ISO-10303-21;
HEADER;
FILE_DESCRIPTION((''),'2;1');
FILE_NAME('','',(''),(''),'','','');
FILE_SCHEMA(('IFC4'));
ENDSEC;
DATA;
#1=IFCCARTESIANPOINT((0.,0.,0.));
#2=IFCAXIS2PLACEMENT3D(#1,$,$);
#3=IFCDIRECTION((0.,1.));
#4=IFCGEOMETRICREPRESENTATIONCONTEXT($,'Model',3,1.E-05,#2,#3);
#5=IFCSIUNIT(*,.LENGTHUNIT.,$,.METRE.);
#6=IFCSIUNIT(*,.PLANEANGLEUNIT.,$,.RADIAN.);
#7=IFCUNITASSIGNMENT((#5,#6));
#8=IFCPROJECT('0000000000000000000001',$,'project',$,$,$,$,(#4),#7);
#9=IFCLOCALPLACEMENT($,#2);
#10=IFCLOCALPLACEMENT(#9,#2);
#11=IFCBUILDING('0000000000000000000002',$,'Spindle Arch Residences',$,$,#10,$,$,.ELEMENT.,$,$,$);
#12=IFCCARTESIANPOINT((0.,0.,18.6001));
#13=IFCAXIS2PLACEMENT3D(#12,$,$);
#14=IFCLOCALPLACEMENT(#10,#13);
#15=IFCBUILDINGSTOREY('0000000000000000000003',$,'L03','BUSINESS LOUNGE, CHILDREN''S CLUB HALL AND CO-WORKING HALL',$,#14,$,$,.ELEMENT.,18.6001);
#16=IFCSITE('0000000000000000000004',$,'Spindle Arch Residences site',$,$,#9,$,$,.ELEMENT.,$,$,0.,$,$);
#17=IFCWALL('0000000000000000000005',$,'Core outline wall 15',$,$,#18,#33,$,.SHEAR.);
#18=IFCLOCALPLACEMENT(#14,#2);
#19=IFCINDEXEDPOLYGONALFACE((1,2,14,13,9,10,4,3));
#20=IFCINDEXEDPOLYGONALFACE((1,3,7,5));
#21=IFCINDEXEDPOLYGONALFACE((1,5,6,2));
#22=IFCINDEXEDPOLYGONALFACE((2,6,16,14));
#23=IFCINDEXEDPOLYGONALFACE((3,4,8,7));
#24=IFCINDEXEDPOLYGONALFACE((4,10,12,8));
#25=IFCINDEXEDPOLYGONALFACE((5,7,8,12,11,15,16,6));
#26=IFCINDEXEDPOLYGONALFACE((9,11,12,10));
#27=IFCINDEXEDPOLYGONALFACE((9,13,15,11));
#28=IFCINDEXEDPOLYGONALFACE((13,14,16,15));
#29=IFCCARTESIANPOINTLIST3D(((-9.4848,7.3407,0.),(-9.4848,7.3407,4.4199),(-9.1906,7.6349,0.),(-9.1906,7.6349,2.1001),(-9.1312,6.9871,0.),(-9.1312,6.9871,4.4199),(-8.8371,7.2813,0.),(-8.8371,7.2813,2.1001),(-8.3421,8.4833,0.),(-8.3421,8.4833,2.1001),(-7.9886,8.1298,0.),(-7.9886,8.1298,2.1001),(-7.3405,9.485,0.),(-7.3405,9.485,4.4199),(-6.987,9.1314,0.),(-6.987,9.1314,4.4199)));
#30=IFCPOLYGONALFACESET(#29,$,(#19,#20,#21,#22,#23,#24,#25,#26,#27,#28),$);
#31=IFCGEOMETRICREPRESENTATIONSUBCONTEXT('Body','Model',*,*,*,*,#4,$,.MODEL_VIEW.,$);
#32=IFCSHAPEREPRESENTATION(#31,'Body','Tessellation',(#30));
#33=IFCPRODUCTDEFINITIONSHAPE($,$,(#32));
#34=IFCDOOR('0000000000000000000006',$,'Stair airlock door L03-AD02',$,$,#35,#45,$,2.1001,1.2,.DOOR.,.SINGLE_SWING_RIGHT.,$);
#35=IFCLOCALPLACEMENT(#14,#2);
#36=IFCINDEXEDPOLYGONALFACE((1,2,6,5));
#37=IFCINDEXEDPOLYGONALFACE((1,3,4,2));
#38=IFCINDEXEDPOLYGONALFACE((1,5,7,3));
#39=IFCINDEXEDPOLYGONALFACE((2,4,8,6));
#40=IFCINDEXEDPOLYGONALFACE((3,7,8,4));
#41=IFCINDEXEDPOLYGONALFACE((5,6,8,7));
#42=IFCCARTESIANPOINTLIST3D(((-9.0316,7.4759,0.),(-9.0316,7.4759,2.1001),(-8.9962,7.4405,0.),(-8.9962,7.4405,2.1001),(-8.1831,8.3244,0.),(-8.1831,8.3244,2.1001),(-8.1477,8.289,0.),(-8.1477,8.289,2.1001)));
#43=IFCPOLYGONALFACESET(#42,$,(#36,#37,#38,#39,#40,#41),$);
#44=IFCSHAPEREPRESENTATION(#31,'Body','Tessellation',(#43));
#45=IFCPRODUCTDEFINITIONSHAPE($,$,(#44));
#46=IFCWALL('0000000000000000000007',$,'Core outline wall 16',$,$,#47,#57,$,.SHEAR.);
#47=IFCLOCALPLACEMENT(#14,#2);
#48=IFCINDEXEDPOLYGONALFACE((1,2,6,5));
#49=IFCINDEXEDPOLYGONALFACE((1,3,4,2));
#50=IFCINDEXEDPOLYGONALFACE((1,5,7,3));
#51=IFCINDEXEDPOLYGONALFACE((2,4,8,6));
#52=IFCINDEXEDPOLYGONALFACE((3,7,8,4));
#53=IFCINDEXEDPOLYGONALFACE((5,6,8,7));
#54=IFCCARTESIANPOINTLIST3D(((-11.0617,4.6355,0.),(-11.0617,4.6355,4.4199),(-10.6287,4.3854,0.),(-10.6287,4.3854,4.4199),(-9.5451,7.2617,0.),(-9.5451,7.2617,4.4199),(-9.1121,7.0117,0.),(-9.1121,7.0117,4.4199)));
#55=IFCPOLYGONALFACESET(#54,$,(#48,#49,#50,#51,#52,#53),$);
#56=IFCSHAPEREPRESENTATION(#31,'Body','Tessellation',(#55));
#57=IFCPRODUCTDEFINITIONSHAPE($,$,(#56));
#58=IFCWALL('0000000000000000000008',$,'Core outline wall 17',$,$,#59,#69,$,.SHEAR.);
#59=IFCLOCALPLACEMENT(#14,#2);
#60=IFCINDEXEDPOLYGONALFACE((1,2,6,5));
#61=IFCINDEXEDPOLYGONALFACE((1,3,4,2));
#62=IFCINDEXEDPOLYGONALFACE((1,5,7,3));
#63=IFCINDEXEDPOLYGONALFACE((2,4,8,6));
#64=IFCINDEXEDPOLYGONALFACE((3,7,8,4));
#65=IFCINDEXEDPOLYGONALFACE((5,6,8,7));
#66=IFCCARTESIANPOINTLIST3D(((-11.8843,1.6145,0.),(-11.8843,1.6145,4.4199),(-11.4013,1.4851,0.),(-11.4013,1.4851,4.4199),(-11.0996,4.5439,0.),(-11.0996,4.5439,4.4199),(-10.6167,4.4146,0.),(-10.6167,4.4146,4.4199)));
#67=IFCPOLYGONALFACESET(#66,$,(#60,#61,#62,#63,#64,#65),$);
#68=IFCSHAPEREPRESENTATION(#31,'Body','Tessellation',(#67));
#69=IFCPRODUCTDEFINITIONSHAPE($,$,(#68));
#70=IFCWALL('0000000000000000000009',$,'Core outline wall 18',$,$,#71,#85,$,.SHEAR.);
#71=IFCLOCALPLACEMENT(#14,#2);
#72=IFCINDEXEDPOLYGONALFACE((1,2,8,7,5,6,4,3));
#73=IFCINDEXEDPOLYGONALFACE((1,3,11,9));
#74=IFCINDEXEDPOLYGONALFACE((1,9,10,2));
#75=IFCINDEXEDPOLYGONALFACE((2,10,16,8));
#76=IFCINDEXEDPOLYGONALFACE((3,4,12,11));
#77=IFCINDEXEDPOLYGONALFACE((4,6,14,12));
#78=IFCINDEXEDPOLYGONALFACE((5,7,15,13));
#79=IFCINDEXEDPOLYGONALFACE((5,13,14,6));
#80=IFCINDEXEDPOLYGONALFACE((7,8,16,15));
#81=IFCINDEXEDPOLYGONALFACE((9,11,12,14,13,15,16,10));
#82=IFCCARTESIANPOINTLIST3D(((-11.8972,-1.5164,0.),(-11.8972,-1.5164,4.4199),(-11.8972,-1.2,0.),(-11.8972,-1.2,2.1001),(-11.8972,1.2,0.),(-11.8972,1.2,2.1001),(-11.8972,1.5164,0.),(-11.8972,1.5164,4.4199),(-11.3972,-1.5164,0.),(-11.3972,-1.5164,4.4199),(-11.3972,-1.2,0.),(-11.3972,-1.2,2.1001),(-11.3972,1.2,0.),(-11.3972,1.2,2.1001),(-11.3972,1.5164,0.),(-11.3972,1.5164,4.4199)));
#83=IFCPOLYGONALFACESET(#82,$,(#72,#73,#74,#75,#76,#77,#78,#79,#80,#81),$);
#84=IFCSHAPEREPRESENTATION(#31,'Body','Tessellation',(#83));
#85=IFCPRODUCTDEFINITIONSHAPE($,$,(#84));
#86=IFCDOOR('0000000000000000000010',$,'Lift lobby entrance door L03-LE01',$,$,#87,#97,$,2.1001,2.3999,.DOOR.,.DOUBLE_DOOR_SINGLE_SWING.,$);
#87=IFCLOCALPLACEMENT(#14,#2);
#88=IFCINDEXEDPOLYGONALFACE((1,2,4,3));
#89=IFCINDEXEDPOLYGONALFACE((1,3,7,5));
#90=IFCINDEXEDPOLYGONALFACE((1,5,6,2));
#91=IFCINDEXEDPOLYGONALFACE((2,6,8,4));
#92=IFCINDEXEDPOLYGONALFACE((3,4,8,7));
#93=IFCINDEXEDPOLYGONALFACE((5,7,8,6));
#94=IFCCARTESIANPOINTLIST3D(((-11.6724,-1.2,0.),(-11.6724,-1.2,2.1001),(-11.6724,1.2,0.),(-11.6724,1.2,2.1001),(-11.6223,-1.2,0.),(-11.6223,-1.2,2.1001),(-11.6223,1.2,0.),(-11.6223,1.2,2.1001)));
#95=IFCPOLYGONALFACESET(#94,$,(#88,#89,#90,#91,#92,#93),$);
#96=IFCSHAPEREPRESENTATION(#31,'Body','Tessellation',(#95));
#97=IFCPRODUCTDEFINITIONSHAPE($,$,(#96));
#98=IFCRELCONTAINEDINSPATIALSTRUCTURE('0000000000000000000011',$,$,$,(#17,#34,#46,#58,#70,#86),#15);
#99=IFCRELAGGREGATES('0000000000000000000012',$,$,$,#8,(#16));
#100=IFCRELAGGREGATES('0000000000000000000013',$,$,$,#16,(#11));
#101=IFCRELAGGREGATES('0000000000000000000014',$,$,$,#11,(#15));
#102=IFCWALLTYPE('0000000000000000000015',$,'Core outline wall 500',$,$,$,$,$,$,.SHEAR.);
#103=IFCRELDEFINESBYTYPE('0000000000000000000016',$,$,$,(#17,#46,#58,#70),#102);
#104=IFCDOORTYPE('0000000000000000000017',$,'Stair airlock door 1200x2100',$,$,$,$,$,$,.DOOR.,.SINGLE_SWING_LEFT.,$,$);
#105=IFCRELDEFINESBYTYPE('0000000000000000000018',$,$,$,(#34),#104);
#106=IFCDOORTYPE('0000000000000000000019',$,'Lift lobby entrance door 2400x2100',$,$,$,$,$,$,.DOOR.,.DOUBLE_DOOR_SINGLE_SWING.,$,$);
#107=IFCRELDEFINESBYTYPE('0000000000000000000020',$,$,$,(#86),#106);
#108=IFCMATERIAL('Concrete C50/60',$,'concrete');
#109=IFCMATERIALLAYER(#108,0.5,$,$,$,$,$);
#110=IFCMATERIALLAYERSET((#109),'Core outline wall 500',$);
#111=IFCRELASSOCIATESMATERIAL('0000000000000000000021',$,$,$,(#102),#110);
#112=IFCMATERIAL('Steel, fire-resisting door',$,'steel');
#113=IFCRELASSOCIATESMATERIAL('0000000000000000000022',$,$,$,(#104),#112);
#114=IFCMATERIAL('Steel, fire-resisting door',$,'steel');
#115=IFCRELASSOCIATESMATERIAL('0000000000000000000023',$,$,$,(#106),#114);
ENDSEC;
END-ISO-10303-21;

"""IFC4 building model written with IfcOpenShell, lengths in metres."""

from ifc_helpers import new_model, si_unit, direction, frame, frame_2d, origin, place, context, subcontext, project, spatial, rectangle, extrude, material, layer, layer_set, type_object, element, fill, save


model = new_model("IFC4")

# Units and contexts
model_context = context("Model", 3, precision=1e-05, world=origin(), true_north=direction((0.0, 1.0)))
body_context = subcontext(model_context, "Body", "Model", "MODEL_VIEW")
ifc_project = project(units=[si_unit("LENGTHUNIT", "METRE"), si_unit("PLANEANGLEUNIT", "RADIAN")], contexts=[model_context])

# Site, building, storey
site_placement = place(None, origin())
site = spatial("IfcSite", under=ifc_project, at=site_placement, Name="Spindle Arch Residences site", CompositionType="ELEMENT", RefElevation=0.0)
building_placement = place(site_placement, origin())
building = spatial("IfcBuilding", under=site, at=building_placement, Name="Spindle Arch Residences", CompositionType="ELEMENT")
storey_placement = place(building_placement, frame((0.0, 0.0, 18.6001)))
storey = spatial("IfcBuildingStorey", under=building, at=storey_placement, Name="L03", Description="BUSINESS LOUNGE, CHILDREN'S CLUB HALL AND CO-WORKING HALL", CompositionType="ELEMENT", Elevation=18.6001)

# Wall, opening, door
ifc_material_1 = material(Name="Concrete C50/60", Category="concrete")
ifc_layer_1 = layer(ifc_material_1, 0.5)
ifc_layer_set_1 = layer_set([ifc_layer_1], Name="Core outline wall 500")
wall_type_1 = type_object("IfcWallType", Name="Core outline wall 500", PredefinedType="SHEAR", material=ifc_layer_set_1)
wall_1_placement = place(storey_placement, frame((-7.1638, 9.3081, 0.0), z_axis=(0.0, 0.0, 1.0), x_axis=(-0.707107, -0.707107, 0.0)))
wall_1 = element("IfcWall", 1, at=wall_1_placement, inside=storey, type_object=wall_type_1, Name="Core outline wall 15", PredefinedType="SHEAR", context=body_context, shape_type="SweptSolid", body=[
    extrude(rectangle(XDim=3.0325, YDim=0.5, at=frame_2d((1.5161, 0.0))), origin(), (0.0, 0.0, 1.0), 4.4199),
])
opening_1_placement = place(wall_1_placement, frame((1.4163, 0.0, 0.0)))
opening_1 = element("IfcOpeningElement", 2, at=opening_1_placement, cuts=wall_1, PredefinedType="OPENING", context=body_context, shape_type="SweptSolid", body=[
    extrude(rectangle(XDim=1.2, YDim=2.1001, at=frame_2d((0.6001, 1.05))), frame((0.0, 0.26, 0.0), z_axis=(0.0, -1.0, 0.0), x_axis=(1.0, 0.0, 0.0)), (0.0, 0.0, 1.0), 0.52),
])
ifc_material_2 = material(Name="Steel, fire-resisting door", Category="steel")
door_type_1 = type_object("IfcDoorType", Name="Stair airlock door 1200x2100", OperationType="SINGLE_SWING_LEFT", PredefinedType="DOOR", material=ifc_material_2)
door_1_placement = place(opening_1_placement, origin())
door_1 = element("IfcDoor", 3, at=door_1_placement, inside=storey, type_object=door_type_1, Name="Stair airlock door L03-AD02", OperationType="SINGLE_SWING_RIGHT", OverallHeight=2.1001, OverallWidth=1.2, PredefinedType="DOOR", context=body_context, shape_type="SweptSolid", body=[
    extrude(rectangle(XDim=1.2, YDim=2.1001, at=frame_2d((0.6001, 1.05))), frame((0.0, 0.0249, 0.0), z_axis=(0.0, -1.0, 0.0), x_axis=(1.0, 0.0, 0.0)), (0.0, 0.0, 1.0), 0.05),
])
fill(opening_1, door_1)

# Walls
for number, where, z_axis, x_axis, name in (
    (4, (-9.3286, 7.1367, 0.0), (0.0, 0.0, 1.0), (-0.500087, -0.865975, 0.0), "Core outline wall 16"),
    (5, (-10.8582, 4.4792, 0.0), (0.0, 0.0, 1.0), (-0.258735, -0.965948, 0.0), "Core outline wall 17"),
):
    element("IfcWall", number, at=place(storey_placement, frame(where, z_axis=z_axis, x_axis=x_axis)), inside=storey, type_object=wall_type_1, Name=name, PredefinedType="SHEAR", context=body_context, shape_type="SweptSolid", body=[
        extrude(rectangle(XDim=3.0327, YDim=0.5, at=frame_2d((1.5164, 0.0))), origin(), (0.0, 0.0, 1.0), 4.4199),
    ])

# Wall, opening, door
wall_2_placement = place(storey_placement, frame((-11.6472, 1.5164, 0.0), z_axis=(0.0, 0.0, 1.0), x_axis=(0.0, -1.0, 0.0)))
wall_2 = element("IfcWall", 6, at=wall_2_placement, inside=storey, type_object=wall_type_1, Name="Core outline wall 18", PredefinedType="SHEAR", context=body_context, shape_type="SweptSolid", body=[
    extrude(rectangle(XDim=3.0327, YDim=0.5, at=frame_2d((1.5164, 0.0))), origin(), (0.0, 0.0, 1.0), 4.4199),
])
opening_2_placement = place(wall_2_placement, frame((0.3164, 0.0, 0.0)))
opening_2 = element("IfcOpeningElement", 7, at=opening_2_placement, cuts=wall_2, PredefinedType="OPENING", context=body_context, shape_type="SweptSolid", body=[
    extrude(rectangle(XDim=2.3999, YDim=2.1001, at=frame_2d((1.2, 1.05))), frame((0.0, 0.26, 0.0), z_axis=(0.0, -1.0, 0.0), x_axis=(1.0, 0.0, 0.0)), (0.0, 0.0, 1.0), 0.52),
])
ifc_material_3 = material(Name="Steel, fire-resisting door", Category="steel")
door_type_2 = type_object("IfcDoorType", Name="Lift lobby entrance door 2400x2100", OperationType="DOUBLE_DOOR_SINGLE_SWING", PredefinedType="DOOR", material=ifc_material_3)
door_2_placement = place(opening_2_placement, origin())
door_2 = element("IfcDoor", 8, at=door_2_placement, inside=storey, type_object=door_type_2, Name="Lift lobby entrance door L03-LE01", OperationType="DOUBLE_DOOR_SINGLE_SWING", OverallHeight=2.1001, OverallWidth=2.3999, PredefinedType="DOOR", context=body_context, shape_type="SweptSolid", body=[
    extrude(rectangle(XDim=2.3999, YDim=2.1001, at=frame_2d((1.2, 1.05))), frame((0.0, 0.0249, 0.0), z_axis=(0.0, -1.0, 0.0), x_axis=(1.0, 0.0, 0.0)), (0.0, 0.0, 1.0), 0.05),
])
fill(opening_2, door_2)

save(model, "model.ifc")
